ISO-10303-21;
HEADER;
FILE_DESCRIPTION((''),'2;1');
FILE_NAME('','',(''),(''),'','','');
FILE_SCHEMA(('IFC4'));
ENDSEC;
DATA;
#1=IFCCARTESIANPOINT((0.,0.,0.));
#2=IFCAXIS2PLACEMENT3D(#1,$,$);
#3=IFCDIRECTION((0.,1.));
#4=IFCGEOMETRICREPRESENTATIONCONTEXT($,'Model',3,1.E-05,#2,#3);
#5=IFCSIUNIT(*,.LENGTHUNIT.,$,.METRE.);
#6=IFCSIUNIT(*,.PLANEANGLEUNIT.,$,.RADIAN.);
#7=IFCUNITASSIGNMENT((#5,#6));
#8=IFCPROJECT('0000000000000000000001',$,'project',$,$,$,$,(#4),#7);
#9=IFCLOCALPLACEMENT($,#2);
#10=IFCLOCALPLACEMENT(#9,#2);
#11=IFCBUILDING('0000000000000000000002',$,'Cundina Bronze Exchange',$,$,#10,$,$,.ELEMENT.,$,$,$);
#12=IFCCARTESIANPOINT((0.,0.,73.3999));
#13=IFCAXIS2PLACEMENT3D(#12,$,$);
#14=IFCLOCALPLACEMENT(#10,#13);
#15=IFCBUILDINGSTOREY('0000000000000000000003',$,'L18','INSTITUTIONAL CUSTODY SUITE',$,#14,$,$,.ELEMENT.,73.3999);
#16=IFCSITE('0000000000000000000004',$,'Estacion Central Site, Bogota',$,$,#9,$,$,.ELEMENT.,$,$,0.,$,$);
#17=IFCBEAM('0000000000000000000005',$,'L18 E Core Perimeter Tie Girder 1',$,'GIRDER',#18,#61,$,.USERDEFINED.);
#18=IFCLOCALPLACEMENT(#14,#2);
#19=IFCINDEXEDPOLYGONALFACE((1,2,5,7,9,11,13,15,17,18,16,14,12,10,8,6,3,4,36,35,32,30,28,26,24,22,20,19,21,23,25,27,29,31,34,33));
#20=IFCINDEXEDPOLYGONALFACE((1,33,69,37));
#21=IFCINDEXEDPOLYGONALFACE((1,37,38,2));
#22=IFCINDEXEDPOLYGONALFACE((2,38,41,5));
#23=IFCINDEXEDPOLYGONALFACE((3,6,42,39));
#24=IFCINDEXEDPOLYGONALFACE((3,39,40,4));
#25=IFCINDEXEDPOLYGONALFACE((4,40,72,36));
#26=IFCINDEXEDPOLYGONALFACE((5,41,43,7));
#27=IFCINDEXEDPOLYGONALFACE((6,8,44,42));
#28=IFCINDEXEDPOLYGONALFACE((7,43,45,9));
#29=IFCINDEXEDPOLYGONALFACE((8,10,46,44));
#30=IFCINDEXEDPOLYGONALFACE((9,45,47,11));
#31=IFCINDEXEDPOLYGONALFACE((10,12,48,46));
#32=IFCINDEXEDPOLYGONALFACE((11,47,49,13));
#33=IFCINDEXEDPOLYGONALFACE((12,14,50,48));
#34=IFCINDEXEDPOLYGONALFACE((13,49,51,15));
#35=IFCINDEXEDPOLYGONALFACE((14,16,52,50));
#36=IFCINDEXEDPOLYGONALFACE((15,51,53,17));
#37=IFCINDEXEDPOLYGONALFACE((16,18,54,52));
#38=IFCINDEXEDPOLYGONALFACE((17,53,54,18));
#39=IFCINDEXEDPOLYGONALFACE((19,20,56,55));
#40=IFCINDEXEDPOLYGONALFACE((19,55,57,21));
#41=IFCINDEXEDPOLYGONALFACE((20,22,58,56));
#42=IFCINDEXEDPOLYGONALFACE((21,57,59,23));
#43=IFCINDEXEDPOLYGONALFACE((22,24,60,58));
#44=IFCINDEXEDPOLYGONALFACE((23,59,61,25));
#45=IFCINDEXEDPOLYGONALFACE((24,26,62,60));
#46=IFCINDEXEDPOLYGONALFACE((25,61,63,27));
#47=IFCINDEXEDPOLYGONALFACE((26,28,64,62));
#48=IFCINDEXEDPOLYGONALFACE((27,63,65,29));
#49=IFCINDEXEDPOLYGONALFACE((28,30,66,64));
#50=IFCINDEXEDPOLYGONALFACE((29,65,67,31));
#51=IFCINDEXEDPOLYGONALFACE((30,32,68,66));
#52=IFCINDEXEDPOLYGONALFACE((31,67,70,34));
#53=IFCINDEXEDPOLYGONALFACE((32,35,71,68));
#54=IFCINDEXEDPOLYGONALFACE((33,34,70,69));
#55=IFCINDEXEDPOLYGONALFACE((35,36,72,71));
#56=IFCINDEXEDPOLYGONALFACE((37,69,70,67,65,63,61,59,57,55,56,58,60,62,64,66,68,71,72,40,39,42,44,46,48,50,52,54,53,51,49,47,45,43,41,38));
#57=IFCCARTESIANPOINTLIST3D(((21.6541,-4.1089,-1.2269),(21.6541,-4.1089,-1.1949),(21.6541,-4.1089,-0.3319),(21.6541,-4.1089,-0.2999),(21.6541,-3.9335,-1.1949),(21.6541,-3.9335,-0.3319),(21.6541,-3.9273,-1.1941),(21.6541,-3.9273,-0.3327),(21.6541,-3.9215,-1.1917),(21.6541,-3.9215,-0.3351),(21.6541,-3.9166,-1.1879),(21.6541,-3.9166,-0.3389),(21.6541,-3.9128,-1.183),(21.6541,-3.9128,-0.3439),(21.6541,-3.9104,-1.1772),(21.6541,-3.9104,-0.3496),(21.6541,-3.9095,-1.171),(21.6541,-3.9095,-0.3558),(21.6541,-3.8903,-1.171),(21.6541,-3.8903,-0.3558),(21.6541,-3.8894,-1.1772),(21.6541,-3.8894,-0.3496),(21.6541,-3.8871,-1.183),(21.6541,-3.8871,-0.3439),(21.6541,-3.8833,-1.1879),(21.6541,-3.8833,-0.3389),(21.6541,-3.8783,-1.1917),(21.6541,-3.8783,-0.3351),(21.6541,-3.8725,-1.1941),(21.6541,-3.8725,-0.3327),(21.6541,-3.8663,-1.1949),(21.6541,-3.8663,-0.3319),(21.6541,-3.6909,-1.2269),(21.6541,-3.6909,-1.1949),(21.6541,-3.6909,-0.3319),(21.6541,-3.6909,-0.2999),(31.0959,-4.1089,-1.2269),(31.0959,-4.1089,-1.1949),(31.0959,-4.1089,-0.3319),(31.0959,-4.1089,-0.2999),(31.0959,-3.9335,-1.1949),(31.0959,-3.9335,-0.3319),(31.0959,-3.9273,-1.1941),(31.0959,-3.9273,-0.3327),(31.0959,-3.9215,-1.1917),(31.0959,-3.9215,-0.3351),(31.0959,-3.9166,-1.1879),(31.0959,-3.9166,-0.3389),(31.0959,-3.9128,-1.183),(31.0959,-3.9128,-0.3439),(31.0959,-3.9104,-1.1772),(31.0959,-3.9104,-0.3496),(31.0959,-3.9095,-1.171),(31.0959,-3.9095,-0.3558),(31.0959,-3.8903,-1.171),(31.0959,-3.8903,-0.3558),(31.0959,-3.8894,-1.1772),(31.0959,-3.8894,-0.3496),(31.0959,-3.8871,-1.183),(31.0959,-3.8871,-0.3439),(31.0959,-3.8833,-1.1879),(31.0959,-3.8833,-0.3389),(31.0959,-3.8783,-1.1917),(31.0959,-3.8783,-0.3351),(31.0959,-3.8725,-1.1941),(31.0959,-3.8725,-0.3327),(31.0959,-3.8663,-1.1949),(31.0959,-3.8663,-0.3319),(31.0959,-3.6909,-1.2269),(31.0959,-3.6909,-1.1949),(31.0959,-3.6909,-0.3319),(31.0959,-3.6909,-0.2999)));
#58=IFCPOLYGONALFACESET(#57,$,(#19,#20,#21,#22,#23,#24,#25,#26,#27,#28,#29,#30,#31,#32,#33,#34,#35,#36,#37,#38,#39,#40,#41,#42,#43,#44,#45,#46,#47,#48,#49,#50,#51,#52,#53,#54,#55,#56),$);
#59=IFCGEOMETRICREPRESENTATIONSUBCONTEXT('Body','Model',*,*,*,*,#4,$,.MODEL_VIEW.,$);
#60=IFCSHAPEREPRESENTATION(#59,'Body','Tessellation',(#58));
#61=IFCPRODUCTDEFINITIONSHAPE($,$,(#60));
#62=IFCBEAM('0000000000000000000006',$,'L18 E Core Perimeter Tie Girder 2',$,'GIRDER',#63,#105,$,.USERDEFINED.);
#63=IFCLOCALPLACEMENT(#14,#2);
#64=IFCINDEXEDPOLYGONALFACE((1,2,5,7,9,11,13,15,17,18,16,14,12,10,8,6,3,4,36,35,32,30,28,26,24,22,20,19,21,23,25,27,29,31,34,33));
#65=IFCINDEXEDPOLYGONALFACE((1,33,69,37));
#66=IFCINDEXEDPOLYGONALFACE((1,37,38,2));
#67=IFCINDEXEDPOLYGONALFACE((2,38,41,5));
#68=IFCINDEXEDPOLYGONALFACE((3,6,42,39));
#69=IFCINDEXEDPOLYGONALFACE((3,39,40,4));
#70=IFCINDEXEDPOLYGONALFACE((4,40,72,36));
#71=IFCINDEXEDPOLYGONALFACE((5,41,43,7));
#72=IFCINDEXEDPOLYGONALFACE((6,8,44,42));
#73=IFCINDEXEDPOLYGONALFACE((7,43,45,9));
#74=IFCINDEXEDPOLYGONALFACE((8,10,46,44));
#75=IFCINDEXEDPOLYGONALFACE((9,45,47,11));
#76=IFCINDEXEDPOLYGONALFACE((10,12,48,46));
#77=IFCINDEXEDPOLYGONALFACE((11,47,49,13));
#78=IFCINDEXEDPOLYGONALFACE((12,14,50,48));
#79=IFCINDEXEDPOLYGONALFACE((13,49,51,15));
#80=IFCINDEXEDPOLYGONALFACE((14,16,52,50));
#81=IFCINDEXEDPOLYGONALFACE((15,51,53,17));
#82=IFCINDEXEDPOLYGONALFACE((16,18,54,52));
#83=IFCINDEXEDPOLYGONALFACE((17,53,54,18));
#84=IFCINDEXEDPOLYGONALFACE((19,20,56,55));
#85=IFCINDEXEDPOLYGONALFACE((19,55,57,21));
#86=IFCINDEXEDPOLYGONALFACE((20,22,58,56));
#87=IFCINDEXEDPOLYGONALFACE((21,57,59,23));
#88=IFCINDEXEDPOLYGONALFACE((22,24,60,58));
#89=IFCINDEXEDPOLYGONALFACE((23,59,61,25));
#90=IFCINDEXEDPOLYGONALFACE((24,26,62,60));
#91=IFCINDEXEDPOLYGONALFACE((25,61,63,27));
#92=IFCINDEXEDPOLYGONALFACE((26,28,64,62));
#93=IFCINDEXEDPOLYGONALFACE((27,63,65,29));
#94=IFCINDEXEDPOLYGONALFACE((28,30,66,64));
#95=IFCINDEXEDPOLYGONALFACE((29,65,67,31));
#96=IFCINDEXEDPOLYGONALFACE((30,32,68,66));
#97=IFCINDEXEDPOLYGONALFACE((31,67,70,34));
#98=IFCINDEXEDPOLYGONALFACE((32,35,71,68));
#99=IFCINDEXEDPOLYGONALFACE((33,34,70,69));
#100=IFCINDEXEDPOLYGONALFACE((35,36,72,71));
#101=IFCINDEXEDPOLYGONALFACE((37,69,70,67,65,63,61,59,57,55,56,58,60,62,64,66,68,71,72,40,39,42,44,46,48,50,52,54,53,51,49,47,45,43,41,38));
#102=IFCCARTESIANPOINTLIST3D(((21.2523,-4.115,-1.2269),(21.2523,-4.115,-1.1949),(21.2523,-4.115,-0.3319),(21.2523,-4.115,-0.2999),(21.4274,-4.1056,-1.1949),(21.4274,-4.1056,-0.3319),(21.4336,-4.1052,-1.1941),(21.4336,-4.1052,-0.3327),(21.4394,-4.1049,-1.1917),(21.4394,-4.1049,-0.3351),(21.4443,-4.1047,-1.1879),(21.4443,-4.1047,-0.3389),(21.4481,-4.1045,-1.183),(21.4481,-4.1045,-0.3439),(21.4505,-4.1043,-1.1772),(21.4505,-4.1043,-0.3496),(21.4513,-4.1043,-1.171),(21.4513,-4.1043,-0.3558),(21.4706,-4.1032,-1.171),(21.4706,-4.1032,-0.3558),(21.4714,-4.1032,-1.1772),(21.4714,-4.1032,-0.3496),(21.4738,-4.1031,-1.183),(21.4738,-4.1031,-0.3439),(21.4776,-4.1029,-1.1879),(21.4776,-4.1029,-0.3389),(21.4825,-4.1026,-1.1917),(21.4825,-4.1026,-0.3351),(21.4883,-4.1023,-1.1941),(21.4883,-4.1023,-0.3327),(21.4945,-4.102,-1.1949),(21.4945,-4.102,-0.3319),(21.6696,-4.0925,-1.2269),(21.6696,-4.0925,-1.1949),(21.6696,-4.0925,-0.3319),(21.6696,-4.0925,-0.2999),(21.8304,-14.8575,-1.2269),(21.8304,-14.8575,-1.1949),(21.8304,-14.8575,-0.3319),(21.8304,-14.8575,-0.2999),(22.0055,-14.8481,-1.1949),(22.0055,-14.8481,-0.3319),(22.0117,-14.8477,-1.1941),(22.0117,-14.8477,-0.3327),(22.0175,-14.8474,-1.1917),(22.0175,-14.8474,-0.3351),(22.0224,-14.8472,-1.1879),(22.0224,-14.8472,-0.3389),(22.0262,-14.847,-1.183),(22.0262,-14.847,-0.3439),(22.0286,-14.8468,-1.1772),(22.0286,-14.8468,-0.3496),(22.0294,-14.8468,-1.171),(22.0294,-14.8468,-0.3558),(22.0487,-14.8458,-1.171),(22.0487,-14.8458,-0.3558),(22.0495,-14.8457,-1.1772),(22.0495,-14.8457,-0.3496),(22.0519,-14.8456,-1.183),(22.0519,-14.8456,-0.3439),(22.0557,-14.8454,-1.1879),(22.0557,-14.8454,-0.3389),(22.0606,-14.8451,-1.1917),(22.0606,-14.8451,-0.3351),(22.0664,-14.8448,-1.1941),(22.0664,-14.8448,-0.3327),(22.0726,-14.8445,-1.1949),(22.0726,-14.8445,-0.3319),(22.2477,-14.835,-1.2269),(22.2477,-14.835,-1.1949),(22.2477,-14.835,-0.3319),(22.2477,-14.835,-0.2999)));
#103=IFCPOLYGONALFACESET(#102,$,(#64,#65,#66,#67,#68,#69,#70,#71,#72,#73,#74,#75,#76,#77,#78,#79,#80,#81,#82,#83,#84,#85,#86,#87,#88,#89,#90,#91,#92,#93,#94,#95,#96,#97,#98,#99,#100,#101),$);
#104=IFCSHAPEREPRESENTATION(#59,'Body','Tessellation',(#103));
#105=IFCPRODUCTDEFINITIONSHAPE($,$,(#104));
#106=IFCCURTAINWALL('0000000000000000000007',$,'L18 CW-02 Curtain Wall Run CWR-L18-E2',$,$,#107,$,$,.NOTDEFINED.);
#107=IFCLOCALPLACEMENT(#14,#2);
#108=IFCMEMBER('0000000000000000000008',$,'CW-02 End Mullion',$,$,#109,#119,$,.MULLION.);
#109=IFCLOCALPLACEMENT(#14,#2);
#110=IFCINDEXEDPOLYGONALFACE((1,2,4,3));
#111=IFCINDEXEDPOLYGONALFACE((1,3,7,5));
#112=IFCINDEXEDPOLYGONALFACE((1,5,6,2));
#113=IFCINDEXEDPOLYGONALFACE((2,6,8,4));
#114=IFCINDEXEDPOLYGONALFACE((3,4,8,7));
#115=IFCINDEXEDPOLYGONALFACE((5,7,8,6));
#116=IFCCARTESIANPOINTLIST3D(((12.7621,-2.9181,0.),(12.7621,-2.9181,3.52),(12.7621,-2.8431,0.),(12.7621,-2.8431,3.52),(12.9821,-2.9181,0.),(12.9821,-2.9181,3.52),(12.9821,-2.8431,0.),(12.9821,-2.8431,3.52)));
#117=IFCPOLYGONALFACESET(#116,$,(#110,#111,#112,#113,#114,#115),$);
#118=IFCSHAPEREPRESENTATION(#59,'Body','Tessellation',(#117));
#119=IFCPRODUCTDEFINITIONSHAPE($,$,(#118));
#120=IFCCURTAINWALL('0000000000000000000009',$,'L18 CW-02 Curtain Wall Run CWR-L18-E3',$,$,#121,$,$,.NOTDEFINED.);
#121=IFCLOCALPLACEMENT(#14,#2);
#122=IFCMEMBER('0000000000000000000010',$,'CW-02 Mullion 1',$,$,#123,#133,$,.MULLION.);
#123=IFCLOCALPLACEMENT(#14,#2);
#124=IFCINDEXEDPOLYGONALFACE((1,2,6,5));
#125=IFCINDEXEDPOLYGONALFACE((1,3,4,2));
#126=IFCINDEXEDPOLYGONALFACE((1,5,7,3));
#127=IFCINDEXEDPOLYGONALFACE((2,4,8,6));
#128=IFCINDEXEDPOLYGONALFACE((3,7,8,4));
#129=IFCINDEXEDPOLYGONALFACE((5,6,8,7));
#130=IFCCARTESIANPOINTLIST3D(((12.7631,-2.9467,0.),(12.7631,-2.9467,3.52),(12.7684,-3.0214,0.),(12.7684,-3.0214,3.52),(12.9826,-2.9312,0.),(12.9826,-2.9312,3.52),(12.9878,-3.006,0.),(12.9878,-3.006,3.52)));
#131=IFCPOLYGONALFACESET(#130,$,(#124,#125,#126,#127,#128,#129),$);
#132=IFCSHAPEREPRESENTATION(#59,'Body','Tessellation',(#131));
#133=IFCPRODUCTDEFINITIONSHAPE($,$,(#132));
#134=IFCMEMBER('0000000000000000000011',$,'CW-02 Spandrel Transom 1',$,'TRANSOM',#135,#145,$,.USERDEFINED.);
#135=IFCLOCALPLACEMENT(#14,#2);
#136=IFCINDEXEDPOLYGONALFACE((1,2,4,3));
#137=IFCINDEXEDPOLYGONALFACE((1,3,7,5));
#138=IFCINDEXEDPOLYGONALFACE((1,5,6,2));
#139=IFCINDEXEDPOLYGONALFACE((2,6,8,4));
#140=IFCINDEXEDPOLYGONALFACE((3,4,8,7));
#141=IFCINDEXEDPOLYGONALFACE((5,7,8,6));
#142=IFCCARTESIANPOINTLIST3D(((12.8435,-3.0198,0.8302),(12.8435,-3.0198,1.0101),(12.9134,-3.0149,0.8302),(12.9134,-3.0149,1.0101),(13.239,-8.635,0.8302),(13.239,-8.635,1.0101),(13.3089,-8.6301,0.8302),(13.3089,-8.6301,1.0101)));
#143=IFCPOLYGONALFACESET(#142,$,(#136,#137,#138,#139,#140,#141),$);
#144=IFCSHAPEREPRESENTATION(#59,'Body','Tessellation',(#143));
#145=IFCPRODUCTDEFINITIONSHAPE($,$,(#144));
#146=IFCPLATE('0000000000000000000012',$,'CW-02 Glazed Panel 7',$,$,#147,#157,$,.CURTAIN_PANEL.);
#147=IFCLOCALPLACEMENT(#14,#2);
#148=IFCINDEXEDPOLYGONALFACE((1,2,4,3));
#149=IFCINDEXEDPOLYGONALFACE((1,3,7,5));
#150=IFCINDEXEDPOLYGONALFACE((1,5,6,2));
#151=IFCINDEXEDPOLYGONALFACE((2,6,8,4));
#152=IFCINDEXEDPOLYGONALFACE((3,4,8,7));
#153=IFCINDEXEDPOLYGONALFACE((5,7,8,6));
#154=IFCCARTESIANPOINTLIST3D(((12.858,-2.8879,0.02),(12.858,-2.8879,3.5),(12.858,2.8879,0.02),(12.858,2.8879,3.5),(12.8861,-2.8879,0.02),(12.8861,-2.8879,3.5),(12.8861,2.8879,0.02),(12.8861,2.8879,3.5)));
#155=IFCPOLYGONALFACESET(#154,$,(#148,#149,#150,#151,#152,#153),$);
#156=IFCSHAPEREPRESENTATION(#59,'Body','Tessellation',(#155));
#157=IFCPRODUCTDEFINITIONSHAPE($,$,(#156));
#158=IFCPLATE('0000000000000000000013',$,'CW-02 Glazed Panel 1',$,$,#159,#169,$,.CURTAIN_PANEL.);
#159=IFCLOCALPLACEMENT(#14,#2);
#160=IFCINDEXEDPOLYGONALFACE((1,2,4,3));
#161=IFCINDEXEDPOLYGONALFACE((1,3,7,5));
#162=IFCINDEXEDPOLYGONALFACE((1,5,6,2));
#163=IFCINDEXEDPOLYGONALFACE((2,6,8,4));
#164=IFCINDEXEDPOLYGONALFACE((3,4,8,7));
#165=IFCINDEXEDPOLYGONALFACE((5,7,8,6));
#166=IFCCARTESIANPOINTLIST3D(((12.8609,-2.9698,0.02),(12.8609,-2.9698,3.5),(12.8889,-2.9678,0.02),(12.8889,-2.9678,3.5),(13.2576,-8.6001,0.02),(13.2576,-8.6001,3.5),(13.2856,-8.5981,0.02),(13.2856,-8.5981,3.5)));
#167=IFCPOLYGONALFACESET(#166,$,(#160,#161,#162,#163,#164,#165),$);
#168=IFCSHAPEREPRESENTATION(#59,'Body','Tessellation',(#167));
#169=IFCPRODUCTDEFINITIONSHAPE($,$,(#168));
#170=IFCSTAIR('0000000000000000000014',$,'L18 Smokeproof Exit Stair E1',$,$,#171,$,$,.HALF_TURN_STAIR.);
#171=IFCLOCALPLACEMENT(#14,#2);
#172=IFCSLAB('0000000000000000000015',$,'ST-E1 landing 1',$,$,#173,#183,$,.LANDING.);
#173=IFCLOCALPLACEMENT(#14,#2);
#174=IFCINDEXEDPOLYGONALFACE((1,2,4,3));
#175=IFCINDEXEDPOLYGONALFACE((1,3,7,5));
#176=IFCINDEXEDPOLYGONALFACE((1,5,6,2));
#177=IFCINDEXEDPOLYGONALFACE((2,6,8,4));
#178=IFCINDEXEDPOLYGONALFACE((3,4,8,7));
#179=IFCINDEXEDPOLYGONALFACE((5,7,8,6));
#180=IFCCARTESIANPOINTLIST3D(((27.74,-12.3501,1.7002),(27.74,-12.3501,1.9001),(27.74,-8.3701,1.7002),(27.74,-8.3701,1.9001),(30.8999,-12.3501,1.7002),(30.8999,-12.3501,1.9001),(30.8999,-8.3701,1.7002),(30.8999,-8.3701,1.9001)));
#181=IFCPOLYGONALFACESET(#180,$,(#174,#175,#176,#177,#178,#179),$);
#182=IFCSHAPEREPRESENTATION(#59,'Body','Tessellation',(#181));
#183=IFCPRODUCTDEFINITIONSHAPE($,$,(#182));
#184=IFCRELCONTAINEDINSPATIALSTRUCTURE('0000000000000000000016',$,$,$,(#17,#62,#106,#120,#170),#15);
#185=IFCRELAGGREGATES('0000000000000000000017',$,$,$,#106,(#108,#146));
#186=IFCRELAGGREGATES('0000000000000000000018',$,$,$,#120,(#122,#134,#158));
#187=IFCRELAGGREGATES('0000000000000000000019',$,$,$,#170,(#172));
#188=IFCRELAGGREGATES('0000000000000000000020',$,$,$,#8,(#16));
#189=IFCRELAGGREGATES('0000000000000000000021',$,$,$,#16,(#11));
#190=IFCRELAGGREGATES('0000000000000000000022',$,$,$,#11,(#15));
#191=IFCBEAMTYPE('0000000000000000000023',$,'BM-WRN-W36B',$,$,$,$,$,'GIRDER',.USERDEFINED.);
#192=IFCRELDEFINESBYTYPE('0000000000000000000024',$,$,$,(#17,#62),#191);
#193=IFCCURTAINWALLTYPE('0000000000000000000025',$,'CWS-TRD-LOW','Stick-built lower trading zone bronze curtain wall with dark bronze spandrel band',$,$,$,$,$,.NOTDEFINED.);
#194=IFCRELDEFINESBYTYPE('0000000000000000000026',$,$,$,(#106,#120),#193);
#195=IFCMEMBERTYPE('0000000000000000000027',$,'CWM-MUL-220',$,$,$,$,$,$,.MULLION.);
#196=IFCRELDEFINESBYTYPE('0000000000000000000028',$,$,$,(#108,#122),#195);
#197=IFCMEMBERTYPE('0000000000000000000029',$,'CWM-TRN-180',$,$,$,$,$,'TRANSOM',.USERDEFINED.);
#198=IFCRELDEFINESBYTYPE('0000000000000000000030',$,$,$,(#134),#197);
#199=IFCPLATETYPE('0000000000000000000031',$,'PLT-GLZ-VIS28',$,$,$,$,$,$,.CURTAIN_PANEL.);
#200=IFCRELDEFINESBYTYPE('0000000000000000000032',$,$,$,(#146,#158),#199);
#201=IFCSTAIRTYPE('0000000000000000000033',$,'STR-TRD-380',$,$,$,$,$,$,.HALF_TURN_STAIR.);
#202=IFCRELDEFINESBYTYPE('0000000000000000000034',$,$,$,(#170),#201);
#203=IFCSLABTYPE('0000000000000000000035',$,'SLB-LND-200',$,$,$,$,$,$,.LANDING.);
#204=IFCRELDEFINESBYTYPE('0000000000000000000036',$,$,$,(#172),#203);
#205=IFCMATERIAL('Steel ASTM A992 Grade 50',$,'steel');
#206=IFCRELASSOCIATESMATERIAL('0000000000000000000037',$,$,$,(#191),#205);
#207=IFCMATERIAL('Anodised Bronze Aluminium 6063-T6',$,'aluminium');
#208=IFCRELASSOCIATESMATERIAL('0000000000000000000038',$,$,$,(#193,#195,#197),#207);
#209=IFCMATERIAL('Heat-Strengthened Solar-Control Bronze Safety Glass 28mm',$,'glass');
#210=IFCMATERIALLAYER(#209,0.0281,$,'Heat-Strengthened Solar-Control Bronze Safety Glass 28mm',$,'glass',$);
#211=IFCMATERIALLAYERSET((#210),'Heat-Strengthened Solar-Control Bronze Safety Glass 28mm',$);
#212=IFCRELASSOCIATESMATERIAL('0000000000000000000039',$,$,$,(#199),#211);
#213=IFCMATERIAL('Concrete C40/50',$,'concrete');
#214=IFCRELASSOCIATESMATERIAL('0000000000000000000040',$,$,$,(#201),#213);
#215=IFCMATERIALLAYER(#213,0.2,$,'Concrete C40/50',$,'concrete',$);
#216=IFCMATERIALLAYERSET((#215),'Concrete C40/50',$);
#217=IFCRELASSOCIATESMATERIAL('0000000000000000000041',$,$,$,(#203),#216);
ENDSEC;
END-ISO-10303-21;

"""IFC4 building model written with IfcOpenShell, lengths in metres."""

from ifc_helpers import new_model, si_unit, direction, frame, origin, origin_2d, place, context, subcontext, project, spatial, polyline, rectangle, i_section, outline, extrude, material, layer, layer_set, material_profile, profile_set, type_object, element, aggregate, save


model = new_model("IFC4")

# Units and contexts
model_context = context("Model", 3, precision=1e-05, world=origin(), true_north=direction((0.0, 1.0)))
body_context = subcontext(model_context, "Body", "Model", "MODEL_VIEW")
ifc_project = project(units=[si_unit("LENGTHUNIT", "METRE"), si_unit("PLANEANGLEUNIT", "RADIAN")], contexts=[model_context])

# Site, building, storey
site_placement = place(None, origin())
site = spatial("IfcSite", under=ifc_project, at=site_placement, Name="Estacion Central Site, Bogota", CompositionType="ELEMENT", RefElevation=0.0)
building_placement = place(site_placement, origin())
building = spatial("IfcBuilding", under=site, at=building_placement, Name="Cundina Bronze Exchange", CompositionType="ELEMENT")
storey_placement = place(building_placement, frame((0.0, 0.0, 73.3999)))
storey = spatial("IfcBuildingStorey", under=building, at=storey_placement, Name="L18", Description="INSTITUTIONAL CUSTODY SUITE", CompositionType="ELEMENT", Elevation=73.3999)

# Shared definitions
ifc_material_1 = material(Name="Steel ASTM A992 Grade 50", Category="steel")

# Beams
ifc_material_profile_1 = material_profile(ifc_material_1, i_section(OverallWidth=0.418, OverallDepth=0.927, WebThickness=0.0193, FlangeThickness=0.032, FilletRadius=0.0239, at=origin_2d()), Name="W36X231", Category="steel")
ifc_profile_set_1 = profile_set([ifc_material_profile_1], Name="Steel ASTM A992 Grade 50")
beam_type_1 = type_object("IfcBeamType", Name="BM-WRN-W36B", ElementType="GIRDER", PredefinedType="USERDEFINED", material=ifc_profile_set_1)
beam_1_placement = place(storey_placement, frame((31.0959, -3.8999, -0.7634), z_axis=(-1.0, 0.0, 0.0), x_axis=(0.0, -1.0, 0.0)))
element("IfcBeam", 1, at=beam_1_placement, inside=storey, type_object=beam_type_1, Name="L18 E Core Perimeter Tie Girder 1", ObjectType="GIRDER", PredefinedType="USERDEFINED", context=body_context, shape_type="SweptSolid", body=[
    extrude(i_section(OverallWidth=0.418, OverallDepth=0.927, WebThickness=0.0193, FlangeThickness=0.032, FilletRadius=0.0239, at=origin_2d()), origin(), (0.0, 0.0, 1.0), 9.4419),
])
beam_2_placement = place(storey_placement, frame((21.4609, -4.1038, -0.7634), z_axis=(0.053739, -0.998555, 0.0), x_axis=(0.998555, 0.053739, 0.0)))
element("IfcBeam", 2, at=beam_2_placement, inside=storey, type_object=beam_type_1, Name="L18 E Core Perimeter Tie Girder 2", ObjectType="GIRDER", PredefinedType="USERDEFINED", context=body_context, shape_type="SweptSolid", body=[
    extrude(i_section(OverallWidth=0.418, OverallDepth=0.927, WebThickness=0.0193, FlangeThickness=0.032, FilletRadius=0.0239, at=origin_2d()), origin(), (0.0, 0.0, 1.0), 10.7581),
])

# Curtain wall, member
ifc_material_2 = material(Name="Anodised Bronze Aluminium 6063-T6", Category="aluminium")
curtain_wall_type = type_object("IfcCurtainWallType", Name="CWS-TRD-LOW", Description="Stick-built lower trading zone bronze curtain wall with dark bronze spandrel band", PredefinedType="NOTDEFINED", material=ifc_material_2)
curtain_wall_1_placement = place(storey_placement, origin())
curtain_wall_1 = element("IfcCurtainWall", 3, at=curtain_wall_1_placement, inside=storey, type_object=curtain_wall_type, Name="L18 CW-02 Curtain Wall Run CWR-L18-E2", PredefinedType="NOTDEFINED")
ifc_material_profile_2 = material_profile(ifc_material_2, rectangle(XDim=0.075, YDim=0.22, at=origin_2d()), Name="AL75X220", Category="aluminium")
ifc_profile_set_2 = profile_set([ifc_material_profile_2], Name="Anodised Bronze Aluminium 6063-T6")
member_type_1 = type_object("IfcMemberType", Name="CWM-MUL-220", PredefinedType="MULLION", material=ifc_profile_set_2)
member_1_placement = place(storey_placement, frame((12.8721, -2.8806, 0.0), z_axis=(0.0, 0.0, 1.0), x_axis=(0.0, -1.0, 0.0)))
member_1 = element("IfcMember", 4, at=member_1_placement, type_object=member_type_1, Name="CW-02 End Mullion", PredefinedType="MULLION", context=body_context, shape_type="SweptSolid", body=[
    extrude(rectangle(XDim=0.075, YDim=0.22, at=origin_2d()), origin(), (0.0, 0.0, 1.0), 3.52),
])

# Curtain wall, members
curtain_wall_2_placement = place(storey_placement, origin())
curtain_wall_2 = element("IfcCurtainWall", 5, at=curtain_wall_2_placement, inside=storey, type_object=curtain_wall_type, Name="L18 CW-02 Curtain Wall Run CWR-L18-E3", PredefinedType="NOTDEFINED")
member_2_placement = place(storey_placement, frame((12.8755, -2.9763, 0.0), z_axis=(0.0, 0.0, 1.0), x_axis=(0.070279, -0.997527, 0.0)))
member_2 = element("IfcMember", 6, at=member_2_placement, type_object=member_type_1, Name="CW-02 Mullion 1", PredefinedType="MULLION", context=body_context, shape_type="SweptSolid", body=[
    extrude(rectangle(XDim=0.075, YDim=0.22, at=origin_2d()), origin(), (0.0, 0.0, 1.0), 3.52),
])
ifc_material_profile_3 = material_profile(ifc_material_2, rectangle(XDim=0.0701, YDim=0.1799, at=origin_2d()), Name="AL70X180", Category="aluminium")
ifc_profile_set_3 = profile_set([ifc_material_profile_3], Name="Anodised Bronze Aluminium 6063-T6")
member_type_2 = type_object("IfcMemberType", Name="CWM-TRN-180", ElementType="TRANSOM", PredefinedType="USERDEFINED", material=ifc_profile_set_3)
member_3_placement = place(storey_placement, frame((12.8784, -3.0173, 0.9202), z_axis=(0.070261, -0.997529, 0.0), x_axis=(0.997529, 0.070261, 0.0)))
member_3 = element("IfcMember", 7, at=member_3_placement, type_object=member_type_2, Name="CW-02 Spandrel Transom 1", ObjectType="TRANSOM", PredefinedType="USERDEFINED", context=body_context, shape_type="SweptSolid", body=[
    extrude(rectangle(XDim=0.0701, YDim=0.1799, at=origin_2d()), origin(), (0.0, 0.0, 1.0), 5.6292),
])

# Plates
ifc_material_3 = material(Name="Heat-Strengthened Solar-Control Bronze Safety Glass 28mm", Category="glass")
ifc_layer_1 = layer(ifc_material_3, 0.0281, Name="Heat-Strengthened Solar-Control Bronze Safety Glass 28mm", Category="glass")
ifc_layer_set_1 = layer_set([ifc_layer_1], Name="Heat-Strengthened Solar-Control Bronze Safety Glass 28mm")
plate_type = type_object("IfcPlateType", Name="PLT-GLZ-VIS28", PredefinedType="CURTAIN_PANEL", material=ifc_layer_set_1)
plate_1_placement = place(storey_placement, frame((12.8721, 0.0, 0.02), z_axis=(0.0, 0.0, 1.0), x_axis=(0.0, -1.0, 0.0)))
plate_1 = element("IfcPlate", 8, at=plate_1_placement, type_object=plate_type, Name="CW-02 Glazed Panel 7", PredefinedType="CURTAIN_PANEL", context=body_context, shape_type="SweptSolid", body=[
    extrude(rectangle(XDim=5.7759, YDim=0.0281, at=origin_2d()), origin(), (0.0, 0.0, 1.0), 3.48),
])
aggregate(curtain_wall_1, [member_1, plate_1])
plate_2_placement = place(storey_placement, frame((13.0732, -5.7839, 0.02), z_axis=(0.0, 0.0, 1.0), x_axis=(0.070279, -0.997527, 0.0)))
plate_2 = element("IfcPlate", 9, at=plate_2_placement, type_object=plate_type, Name="CW-02 Glazed Panel 1", PredefinedType="CURTAIN_PANEL", context=body_context, shape_type="SweptSolid", body=[
    extrude(rectangle(XDim=5.6443, YDim=0.0281, at=origin_2d()), origin(), (0.0, 0.0, 1.0), 3.48),
])
aggregate(curtain_wall_2, [member_2, member_3, plate_2])

# Stair, slab
ifc_material_4 = material(Name="Concrete C40/50", Category="concrete")
stair_type = type_object("IfcStairType", Name="STR-TRD-380", PredefinedType="HALF_TURN_STAIR", material=ifc_material_4)
stair_1_placement = place(storey_placement, origin())
stair_1 = element("IfcStair", 10, at=stair_1_placement, inside=storey, type_object=stair_type, Name="L18 Smokeproof Exit Stair E1", PredefinedType="HALF_TURN_STAIR")
ifc_layer_2 = layer(ifc_material_4, 0.2, Name="Concrete C40/50", Category="concrete")
ifc_layer_set_2 = layer_set([ifc_layer_2], Name="Concrete C40/50")
slab_type = type_object("IfcSlabType", Name="SLB-LND-200", PredefinedType="LANDING", material=ifc_layer_set_2)
slab_1_placement = place(storey_placement, frame((0.0, 0.0, 1.7002)))
slab_1 = element("IfcSlab", 11, at=slab_1_placement, type_object=slab_type, Name="ST-E1 landing 1", PredefinedType="LANDING", context=body_context, shape_type="SweptSolid", body=[
    extrude(outline(polyline([(27.74, -8.3701), (27.74, -12.3501), (30.8999, -12.3501), (30.8999, -8.3701), (27.74, -8.3701)])), origin(), (0.0, 0.0, 1.0), 0.2),
])
aggregate(stair_1, [slab_1])

save(model, "model.ifc")
